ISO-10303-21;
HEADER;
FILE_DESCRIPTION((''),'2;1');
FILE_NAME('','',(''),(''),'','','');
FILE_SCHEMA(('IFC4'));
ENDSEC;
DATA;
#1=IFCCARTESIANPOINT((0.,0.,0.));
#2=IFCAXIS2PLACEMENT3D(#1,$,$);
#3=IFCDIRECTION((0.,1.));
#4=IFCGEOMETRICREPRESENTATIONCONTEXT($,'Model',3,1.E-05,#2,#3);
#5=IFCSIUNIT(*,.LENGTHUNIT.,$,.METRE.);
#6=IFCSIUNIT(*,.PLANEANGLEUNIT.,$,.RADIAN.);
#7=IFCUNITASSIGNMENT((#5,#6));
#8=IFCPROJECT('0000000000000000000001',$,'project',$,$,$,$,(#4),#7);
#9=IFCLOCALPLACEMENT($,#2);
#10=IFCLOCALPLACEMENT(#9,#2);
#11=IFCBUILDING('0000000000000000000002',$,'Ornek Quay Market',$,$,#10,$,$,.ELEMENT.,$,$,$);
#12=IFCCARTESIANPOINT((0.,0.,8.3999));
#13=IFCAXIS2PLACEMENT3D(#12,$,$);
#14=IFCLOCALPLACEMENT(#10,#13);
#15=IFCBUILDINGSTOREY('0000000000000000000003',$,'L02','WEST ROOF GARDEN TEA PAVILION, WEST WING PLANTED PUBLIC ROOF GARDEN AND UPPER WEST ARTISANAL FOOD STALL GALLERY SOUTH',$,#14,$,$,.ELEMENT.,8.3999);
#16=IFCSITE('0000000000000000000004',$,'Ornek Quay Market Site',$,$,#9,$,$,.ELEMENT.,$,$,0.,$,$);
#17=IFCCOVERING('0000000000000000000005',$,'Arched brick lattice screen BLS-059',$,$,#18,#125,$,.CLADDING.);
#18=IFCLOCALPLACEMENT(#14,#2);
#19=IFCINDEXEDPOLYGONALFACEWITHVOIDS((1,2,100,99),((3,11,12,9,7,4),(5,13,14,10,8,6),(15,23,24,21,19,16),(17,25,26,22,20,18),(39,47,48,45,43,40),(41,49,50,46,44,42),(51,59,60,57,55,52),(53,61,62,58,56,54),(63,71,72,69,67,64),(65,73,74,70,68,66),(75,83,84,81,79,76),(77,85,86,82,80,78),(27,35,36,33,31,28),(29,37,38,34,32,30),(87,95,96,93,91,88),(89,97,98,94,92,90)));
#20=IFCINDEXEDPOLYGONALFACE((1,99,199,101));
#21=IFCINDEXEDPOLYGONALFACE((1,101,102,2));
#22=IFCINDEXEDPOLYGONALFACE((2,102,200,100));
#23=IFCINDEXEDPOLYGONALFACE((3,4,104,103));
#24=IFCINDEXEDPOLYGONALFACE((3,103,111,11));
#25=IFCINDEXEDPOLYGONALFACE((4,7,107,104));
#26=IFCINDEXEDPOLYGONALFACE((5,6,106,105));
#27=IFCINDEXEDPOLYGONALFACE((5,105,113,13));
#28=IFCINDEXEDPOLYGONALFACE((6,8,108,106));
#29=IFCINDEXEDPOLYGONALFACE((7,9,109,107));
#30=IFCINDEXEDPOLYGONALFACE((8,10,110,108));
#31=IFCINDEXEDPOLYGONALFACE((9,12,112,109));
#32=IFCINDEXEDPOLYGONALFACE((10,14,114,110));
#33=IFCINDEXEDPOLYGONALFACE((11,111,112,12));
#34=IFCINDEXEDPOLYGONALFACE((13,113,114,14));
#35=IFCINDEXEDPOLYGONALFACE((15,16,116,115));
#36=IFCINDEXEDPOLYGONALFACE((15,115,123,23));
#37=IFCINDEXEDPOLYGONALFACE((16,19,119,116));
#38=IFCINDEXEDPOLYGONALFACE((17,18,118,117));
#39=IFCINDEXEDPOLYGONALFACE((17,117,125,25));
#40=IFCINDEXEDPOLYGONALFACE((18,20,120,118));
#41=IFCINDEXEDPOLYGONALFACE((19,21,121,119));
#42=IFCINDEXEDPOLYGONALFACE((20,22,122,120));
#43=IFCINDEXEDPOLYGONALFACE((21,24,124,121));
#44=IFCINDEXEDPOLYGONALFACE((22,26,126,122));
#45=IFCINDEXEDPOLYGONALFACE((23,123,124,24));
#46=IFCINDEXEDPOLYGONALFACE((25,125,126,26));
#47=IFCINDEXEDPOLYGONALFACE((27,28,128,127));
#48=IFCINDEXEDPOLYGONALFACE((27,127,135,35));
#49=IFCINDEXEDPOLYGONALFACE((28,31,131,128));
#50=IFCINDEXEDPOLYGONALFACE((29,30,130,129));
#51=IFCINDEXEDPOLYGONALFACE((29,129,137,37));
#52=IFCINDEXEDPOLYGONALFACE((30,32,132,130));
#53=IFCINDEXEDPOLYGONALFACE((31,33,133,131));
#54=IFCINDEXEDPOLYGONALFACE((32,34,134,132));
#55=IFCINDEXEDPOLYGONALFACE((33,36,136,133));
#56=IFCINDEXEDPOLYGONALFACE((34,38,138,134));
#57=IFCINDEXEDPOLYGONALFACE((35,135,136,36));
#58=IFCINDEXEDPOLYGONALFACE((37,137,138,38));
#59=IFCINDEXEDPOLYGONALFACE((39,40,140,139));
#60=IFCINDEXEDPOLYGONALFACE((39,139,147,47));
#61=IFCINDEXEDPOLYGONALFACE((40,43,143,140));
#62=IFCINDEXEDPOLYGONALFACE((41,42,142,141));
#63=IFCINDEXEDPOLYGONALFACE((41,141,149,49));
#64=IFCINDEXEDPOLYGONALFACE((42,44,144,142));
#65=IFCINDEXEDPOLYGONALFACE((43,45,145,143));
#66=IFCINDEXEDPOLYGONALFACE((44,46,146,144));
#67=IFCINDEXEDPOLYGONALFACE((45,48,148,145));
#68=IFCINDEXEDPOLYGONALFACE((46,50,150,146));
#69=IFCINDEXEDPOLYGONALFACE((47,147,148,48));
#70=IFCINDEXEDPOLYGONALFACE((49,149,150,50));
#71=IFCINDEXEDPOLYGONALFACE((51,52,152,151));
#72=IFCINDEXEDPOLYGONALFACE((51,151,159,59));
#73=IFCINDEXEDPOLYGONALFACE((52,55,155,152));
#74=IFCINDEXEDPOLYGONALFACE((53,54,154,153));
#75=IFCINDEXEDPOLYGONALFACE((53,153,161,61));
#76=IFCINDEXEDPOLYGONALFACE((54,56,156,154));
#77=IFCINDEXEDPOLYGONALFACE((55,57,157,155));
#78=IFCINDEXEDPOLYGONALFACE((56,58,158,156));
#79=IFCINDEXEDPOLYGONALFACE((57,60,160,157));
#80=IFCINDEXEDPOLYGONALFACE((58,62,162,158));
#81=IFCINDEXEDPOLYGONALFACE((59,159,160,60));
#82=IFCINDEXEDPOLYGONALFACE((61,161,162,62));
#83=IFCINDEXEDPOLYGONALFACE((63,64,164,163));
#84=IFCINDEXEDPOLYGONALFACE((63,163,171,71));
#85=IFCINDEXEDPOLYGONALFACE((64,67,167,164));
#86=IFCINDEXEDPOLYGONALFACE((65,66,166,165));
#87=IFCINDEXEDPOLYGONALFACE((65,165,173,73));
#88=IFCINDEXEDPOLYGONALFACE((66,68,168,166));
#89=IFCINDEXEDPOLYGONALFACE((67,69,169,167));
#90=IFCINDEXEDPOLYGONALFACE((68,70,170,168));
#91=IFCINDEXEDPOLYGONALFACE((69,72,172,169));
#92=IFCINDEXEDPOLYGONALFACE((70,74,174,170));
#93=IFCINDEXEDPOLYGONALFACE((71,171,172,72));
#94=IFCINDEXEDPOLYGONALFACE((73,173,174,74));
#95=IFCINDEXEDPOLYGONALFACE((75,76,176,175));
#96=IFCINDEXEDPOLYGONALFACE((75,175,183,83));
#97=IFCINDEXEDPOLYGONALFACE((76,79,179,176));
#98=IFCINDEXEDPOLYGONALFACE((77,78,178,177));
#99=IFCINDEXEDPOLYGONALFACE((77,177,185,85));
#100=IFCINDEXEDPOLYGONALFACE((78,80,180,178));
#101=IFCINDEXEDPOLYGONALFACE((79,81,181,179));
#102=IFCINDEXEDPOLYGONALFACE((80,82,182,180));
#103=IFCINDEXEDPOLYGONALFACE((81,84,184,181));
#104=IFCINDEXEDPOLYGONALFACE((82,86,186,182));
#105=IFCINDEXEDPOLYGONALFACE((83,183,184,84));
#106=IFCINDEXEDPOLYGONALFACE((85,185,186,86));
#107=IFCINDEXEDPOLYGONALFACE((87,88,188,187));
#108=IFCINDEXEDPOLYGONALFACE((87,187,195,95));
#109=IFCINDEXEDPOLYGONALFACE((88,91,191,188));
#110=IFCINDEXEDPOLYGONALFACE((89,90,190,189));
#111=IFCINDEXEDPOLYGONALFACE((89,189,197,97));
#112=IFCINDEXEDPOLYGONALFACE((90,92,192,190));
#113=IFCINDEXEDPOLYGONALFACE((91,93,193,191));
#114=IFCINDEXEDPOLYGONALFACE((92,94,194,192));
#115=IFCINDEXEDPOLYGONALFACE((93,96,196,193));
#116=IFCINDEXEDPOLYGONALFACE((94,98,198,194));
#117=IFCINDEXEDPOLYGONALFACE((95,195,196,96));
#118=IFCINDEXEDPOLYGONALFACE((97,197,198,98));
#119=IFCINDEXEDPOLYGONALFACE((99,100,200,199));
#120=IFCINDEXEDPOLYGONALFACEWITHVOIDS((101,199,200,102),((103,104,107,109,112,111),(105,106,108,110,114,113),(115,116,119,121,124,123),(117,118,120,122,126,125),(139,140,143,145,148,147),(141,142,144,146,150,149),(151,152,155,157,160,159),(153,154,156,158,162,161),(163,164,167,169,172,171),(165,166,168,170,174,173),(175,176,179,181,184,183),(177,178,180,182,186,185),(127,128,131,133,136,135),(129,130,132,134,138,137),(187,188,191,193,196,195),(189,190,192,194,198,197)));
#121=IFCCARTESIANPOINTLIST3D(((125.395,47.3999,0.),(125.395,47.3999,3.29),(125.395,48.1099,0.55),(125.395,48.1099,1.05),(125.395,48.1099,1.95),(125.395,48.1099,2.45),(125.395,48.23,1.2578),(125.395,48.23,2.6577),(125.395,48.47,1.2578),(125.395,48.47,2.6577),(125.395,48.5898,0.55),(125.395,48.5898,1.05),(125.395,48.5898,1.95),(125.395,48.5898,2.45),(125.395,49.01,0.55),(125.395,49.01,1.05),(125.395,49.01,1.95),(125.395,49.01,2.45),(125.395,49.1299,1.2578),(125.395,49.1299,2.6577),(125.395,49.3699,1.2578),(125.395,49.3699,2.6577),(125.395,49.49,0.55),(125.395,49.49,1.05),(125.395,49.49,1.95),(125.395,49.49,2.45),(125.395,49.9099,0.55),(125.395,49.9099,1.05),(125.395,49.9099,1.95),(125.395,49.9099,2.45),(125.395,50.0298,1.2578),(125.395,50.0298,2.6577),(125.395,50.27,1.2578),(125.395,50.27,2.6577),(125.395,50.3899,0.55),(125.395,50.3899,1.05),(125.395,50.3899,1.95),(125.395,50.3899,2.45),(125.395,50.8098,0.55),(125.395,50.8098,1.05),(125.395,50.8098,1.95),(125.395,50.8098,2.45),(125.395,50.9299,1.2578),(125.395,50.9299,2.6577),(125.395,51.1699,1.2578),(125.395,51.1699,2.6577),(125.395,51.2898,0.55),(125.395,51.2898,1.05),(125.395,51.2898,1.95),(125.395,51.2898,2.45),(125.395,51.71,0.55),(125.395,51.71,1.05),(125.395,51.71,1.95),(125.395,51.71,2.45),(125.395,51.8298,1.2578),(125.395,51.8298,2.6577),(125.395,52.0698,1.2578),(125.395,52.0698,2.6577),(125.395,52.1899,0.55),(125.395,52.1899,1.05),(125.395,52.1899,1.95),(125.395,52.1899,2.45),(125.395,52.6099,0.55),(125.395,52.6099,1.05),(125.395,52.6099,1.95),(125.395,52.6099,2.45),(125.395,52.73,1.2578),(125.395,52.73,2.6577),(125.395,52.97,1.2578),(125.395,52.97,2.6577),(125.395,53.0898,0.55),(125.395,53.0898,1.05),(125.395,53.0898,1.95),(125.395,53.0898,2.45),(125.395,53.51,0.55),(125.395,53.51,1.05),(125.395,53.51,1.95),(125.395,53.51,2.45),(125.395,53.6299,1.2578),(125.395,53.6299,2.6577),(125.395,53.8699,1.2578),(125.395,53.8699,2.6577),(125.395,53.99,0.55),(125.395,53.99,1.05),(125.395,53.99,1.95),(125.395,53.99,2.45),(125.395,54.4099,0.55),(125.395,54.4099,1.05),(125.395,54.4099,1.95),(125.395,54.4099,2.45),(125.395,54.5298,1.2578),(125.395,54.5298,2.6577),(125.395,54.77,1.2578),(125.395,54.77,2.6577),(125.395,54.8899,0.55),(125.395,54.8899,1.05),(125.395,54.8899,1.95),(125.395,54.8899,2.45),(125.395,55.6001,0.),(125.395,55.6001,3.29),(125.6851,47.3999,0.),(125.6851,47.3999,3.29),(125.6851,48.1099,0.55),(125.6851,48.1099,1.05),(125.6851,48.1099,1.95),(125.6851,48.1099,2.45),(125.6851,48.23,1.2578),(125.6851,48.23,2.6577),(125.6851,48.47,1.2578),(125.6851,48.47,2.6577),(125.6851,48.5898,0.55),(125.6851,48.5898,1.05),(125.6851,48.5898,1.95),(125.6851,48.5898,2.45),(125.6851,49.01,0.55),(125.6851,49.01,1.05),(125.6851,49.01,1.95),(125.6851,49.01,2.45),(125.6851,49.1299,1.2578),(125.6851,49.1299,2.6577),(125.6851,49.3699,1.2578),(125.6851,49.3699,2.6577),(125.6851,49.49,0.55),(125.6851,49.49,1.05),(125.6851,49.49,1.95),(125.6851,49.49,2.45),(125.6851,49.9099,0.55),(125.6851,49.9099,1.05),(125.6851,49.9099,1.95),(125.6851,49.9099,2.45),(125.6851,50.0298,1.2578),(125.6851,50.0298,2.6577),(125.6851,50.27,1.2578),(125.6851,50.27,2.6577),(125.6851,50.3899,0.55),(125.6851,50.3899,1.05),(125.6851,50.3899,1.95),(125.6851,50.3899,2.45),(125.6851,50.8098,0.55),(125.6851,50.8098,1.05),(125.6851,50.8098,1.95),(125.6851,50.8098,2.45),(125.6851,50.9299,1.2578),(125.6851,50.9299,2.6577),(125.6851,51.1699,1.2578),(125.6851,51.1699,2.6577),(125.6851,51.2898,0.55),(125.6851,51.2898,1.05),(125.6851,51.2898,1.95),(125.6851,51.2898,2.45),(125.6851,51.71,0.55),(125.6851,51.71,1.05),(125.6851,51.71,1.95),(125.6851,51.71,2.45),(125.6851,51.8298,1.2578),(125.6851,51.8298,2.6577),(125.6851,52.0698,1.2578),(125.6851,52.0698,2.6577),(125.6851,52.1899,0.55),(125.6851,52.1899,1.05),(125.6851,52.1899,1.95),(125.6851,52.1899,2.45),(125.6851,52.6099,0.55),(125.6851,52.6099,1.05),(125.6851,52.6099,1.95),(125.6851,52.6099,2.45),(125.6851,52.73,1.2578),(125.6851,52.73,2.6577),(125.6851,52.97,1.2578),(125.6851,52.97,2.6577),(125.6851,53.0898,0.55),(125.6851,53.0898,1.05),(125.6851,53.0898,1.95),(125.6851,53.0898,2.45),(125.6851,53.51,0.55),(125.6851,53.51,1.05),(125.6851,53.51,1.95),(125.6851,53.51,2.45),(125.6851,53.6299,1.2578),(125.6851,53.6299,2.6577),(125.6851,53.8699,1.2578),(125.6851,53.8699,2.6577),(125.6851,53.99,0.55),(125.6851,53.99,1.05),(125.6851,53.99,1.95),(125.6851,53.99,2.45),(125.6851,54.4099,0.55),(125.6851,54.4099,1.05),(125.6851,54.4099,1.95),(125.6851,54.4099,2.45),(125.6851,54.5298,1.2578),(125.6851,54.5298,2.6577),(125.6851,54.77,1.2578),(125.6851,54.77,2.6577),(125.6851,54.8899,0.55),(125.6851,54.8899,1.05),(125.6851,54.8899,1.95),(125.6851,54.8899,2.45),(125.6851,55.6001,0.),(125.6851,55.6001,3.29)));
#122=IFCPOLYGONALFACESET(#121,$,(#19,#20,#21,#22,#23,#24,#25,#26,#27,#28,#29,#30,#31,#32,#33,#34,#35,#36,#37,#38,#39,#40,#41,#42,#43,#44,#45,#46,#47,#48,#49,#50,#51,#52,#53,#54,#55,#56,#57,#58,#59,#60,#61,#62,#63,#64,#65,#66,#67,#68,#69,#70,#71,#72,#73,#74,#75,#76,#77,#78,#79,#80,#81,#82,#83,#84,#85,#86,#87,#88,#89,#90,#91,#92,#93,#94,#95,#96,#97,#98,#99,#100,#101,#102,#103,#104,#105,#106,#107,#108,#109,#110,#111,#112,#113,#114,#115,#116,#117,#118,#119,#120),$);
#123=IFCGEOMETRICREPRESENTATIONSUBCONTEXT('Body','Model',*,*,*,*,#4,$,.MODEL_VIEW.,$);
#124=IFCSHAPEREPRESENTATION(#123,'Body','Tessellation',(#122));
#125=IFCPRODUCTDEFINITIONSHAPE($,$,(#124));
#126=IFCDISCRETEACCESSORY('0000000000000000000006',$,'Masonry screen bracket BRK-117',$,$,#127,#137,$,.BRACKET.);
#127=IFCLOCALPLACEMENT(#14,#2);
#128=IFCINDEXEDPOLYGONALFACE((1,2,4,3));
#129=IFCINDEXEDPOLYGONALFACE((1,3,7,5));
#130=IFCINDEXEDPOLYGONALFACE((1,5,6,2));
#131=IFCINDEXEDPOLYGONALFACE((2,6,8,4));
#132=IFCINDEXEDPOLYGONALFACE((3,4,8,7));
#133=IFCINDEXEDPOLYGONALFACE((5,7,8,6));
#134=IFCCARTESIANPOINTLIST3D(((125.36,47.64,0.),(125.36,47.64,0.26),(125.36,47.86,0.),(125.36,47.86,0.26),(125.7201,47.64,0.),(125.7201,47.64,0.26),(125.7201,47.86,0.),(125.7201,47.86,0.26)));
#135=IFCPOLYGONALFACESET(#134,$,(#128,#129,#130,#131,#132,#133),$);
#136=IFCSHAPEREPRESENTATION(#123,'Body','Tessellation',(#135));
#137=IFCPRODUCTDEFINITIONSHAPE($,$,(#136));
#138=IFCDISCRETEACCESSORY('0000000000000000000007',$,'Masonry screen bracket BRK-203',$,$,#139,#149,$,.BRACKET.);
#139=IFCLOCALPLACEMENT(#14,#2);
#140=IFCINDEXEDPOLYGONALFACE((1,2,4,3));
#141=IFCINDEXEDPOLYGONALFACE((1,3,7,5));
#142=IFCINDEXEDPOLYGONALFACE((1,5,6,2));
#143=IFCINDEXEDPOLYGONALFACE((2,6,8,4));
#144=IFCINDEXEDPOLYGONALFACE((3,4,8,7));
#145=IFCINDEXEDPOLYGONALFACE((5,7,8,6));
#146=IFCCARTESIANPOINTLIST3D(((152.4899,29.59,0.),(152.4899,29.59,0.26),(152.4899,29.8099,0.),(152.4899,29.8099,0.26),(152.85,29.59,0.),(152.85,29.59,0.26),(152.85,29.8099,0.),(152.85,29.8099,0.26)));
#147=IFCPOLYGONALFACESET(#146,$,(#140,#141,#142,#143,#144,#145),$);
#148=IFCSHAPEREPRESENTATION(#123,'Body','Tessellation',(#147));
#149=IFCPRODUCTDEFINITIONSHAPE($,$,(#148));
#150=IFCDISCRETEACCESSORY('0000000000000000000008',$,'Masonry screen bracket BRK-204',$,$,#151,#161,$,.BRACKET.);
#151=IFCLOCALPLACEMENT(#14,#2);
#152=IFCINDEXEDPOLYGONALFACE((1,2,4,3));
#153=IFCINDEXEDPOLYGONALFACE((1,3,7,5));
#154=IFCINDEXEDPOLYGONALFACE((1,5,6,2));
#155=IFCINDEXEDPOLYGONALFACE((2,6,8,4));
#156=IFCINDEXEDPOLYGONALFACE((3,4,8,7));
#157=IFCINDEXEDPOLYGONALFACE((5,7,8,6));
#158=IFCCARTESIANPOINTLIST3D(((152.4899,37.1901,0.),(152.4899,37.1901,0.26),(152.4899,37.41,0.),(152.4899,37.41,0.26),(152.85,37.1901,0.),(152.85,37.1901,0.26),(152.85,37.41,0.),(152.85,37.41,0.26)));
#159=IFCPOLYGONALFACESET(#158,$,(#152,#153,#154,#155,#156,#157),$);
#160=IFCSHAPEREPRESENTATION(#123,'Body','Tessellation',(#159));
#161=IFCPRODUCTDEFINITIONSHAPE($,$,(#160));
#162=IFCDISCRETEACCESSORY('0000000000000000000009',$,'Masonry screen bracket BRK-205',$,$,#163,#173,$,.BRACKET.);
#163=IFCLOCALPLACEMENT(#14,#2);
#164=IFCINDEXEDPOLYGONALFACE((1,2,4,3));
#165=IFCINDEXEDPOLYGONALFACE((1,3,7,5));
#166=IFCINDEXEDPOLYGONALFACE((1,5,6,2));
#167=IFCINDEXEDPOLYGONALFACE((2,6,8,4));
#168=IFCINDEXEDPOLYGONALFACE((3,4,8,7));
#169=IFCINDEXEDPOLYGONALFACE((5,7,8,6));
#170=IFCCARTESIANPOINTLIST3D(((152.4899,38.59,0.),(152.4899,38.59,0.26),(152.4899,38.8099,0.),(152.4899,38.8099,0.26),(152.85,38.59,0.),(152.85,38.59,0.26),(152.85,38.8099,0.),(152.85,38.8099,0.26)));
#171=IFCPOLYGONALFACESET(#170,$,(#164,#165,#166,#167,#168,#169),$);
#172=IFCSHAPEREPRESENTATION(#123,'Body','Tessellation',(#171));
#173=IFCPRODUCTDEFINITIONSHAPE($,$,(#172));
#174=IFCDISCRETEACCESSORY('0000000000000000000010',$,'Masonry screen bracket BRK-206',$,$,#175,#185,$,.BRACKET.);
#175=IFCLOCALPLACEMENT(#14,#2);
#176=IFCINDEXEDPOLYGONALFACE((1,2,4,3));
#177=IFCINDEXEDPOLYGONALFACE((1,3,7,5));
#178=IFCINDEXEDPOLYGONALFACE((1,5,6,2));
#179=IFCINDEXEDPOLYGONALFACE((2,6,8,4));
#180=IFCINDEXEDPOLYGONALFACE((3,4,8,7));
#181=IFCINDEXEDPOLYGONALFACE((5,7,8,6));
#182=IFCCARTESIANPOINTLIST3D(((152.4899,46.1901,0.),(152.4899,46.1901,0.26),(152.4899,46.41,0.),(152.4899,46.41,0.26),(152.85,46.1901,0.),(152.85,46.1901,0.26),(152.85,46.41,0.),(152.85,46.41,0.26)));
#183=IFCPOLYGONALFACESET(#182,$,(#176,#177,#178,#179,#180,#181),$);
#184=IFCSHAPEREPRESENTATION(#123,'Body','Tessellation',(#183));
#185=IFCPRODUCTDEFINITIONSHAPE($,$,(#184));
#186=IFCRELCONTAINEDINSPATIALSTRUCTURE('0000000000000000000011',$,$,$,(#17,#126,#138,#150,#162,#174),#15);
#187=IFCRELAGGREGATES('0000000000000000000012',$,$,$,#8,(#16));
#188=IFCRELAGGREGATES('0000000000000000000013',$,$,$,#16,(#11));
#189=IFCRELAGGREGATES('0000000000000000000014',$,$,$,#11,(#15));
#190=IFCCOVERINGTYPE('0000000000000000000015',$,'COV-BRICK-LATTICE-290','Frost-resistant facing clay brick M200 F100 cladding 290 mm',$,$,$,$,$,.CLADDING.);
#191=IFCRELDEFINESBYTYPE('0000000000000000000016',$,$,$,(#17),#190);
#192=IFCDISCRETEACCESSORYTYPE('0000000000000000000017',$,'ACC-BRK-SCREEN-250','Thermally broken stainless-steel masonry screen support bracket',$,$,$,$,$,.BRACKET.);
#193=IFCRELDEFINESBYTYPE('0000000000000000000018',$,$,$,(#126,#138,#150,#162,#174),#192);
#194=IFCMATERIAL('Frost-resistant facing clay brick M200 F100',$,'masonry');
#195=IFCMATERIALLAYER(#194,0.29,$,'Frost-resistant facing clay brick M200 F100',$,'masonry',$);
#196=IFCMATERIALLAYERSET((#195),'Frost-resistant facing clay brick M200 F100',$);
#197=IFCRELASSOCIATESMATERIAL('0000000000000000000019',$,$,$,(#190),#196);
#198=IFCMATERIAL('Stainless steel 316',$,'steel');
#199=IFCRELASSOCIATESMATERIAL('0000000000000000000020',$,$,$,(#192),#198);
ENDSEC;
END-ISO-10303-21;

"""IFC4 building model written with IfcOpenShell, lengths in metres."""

from ifc_helpers import new_model, si_unit, direction, frame, origin, origin_2d, place, context, subcontext, project, spatial, polyline, rectangle, outline, extrude, material, layer, layer_set, type_object, element, save


model = new_model("IFC4")

# Units and contexts
model_context = context("Model", 3, precision=1e-05, world=origin(), true_north=direction((0.0, 1.0)))
body_context = subcontext(model_context, "Body", "Model", "MODEL_VIEW")
ifc_project = project(units=[si_unit("LENGTHUNIT", "METRE"), si_unit("PLANEANGLEUNIT", "RADIAN")], contexts=[model_context])

# Site, building, storey
site_placement = place(None, origin())
site = spatial("IfcSite", under=ifc_project, at=site_placement, Name="Ornek Quay Market Site", CompositionType="ELEMENT", RefElevation=0.0)
building_placement = place(site_placement, origin())
building = spatial("IfcBuilding", under=site, at=building_placement, Name="Ornek Quay Market", CompositionType="ELEMENT")
storey_placement = place(building_placement, frame((0.0, 0.0, 8.3999)))
storey = spatial("IfcBuildingStorey", under=building, at=storey_placement, Name="L02", Description="WEST ROOF GARDEN TEA PAVILION, WEST WING PLANTED PUBLIC ROOF GARDEN AND UPPER WEST ARTISANAL FOOD STALL GALLERY SOUTH", CompositionType="ELEMENT", Elevation=8.3999)

# Shared definitions
ifc_material_1 = material(Name="Frost-resistant facing clay brick M200 F100", Category="masonry")

# Covering
ifc_layer_1 = layer(ifc_material_1, 0.29, Name="Frost-resistant facing clay brick M200 F100", Category="masonry")
ifc_layer_set_1 = layer_set([ifc_layer_1], Name="Frost-resistant facing clay brick M200 F100")
covering_type_1 = type_object("IfcCoveringType", Name="COV-BRICK-LATTICE-290", Description="Frost-resistant facing clay brick M200 F100 cladding 290 mm", PredefinedType="CLADDING", material=ifc_layer_set_1)
covering_1_placement = place(storey_placement, frame((125.54, 47.3999, 0.0), z_axis=(0.0, 0.0, 1.0), x_axis=(0.0, 1.0, 0.0)))
element("IfcCovering", 1, at=covering_1_placement, inside=storey, type_object=covering_type_1, Name="Arched brick lattice screen BLS-059", PredefinedType="CLADDING", context=body_context, shape_type="SweptSolid", body=[
    extrude(outline(polyline([(0.0, 0.0), (8.2002, 0.0), (8.2002, 3.29), (0.0, 3.29), (0.0, 0.0)]), holes=[polyline([(0.71, 0.55), (1.1899, 0.55), (1.1899, 1.05), (1.0701, 1.2578), (0.8301, 1.2578), (0.71, 1.05), (0.71, 0.55)]), polyline([(0.71, 1.95), (1.1899, 1.95), (1.1899, 2.45), (1.0701, 2.6577), (0.8301, 2.6577), (0.71, 2.45), (0.71, 1.95)]), polyline([(1.6101, 0.55), (2.0901, 0.55), (2.0901, 1.05), (1.97, 1.2578), (1.73, 1.2578), (1.6101, 1.05), (1.6101, 0.55)]), polyline([(1.6101, 1.95), (2.0901, 1.95), (2.0901, 2.45), (1.97, 2.6577), (1.73, 2.6577), (1.6101, 2.45), (1.6101, 1.95)]), polyline([(2.51, 0.55), (2.99, 0.55), (2.99, 1.05), (2.8701, 1.2578), (2.6299, 1.2578), (2.51, 1.05), (2.51, 0.55)]), polyline([(2.51, 1.95), (2.99, 1.95), (2.99, 2.45), (2.8701, 2.6577), (2.6299, 2.6577), (2.51, 2.45), (2.51, 1.95)]), polyline([(3.4099, 0.55), (3.8899, 0.55), (3.8899, 1.05), (3.77, 1.2578), (3.53, 1.2578), (3.4099, 1.05), (3.4099, 0.55)]), polyline([(3.4099, 1.95), (3.8899, 1.95), (3.8899, 2.45), (3.77, 2.6577), (3.53, 2.6577), (3.4099, 2.45), (3.4099, 1.95)]), polyline([(4.3101, 0.55), (4.79, 0.55), (4.79, 1.05), (4.6699, 1.2578), (4.4299, 1.2578), (4.3101, 1.05), (4.3101, 0.55)]), polyline([(4.3101, 1.95), (4.79, 1.95), (4.79, 2.45), (4.6699, 2.6577), (4.4299, 2.6577), (4.3101, 2.45), (4.3101, 1.95)]), polyline([(5.21, 0.55), (5.6899, 0.55), (5.6899, 1.05), (5.5701, 1.2578), (5.3301, 1.2578), (5.21, 1.05), (5.21, 0.55)]), polyline([(5.21, 1.95), (5.6899, 1.95), (5.6899, 2.45), (5.5701, 2.6577), (5.3301, 2.6577), (5.21, 2.45), (5.21, 1.95)]), polyline([(6.1101, 0.55), (6.5901, 0.55), (6.5901, 1.05), (6.47, 1.2578), (6.23, 1.2578), (6.1101, 1.05), (6.1101, 0.55)]), polyline([(6.1101, 1.95), (6.5901, 1.95), (6.5901, 2.45), (6.47, 2.6577), (6.23, 2.6577), (6.1101, 2.45), (6.1101, 1.95)]), polyline([(7.01, 0.55), (7.49, 0.55), (7.49, 1.05), (7.3701, 1.2578), (7.1299, 1.2578), (7.01, 1.05), (7.01, 0.55)]), polyline([(7.01, 1.95), (7.49, 1.95), (7.49, 2.45), (7.3701, 2.6577), (7.1299, 2.6577), (7.01, 2.45), (7.01, 1.95)])]), frame((0.0, 0.145, 0.0), z_axis=(0.0, -1.0, 0.0), x_axis=(1.0, 0.0, 0.0)), (0.0, 0.0, 1.0), 0.29),
])

# Discrete accessories
ifc_material_2 = material(Name="Stainless steel 316", Category="steel")
discrete_accessory_type = type_object("IfcDiscreteAccessoryType", Name="ACC-BRK-SCREEN-250", Description="Thermally broken stainless-steel masonry screen support bracket", PredefinedType="BRACKET", material=ifc_material_2)
for number, where, z_axis, x_axis, name in (
    (2, (125.54, 47.75, 0.0), (0.0, 0.0, 1.0), (0.0, 1.0, 0.0), "Masonry screen bracket BRK-117"),
    (3, (152.6699, 29.7, 0.0), (0.0, 0.0, 1.0), (0.0, 1.0, 0.0), "Masonry screen bracket BRK-203"),
    (4, (152.6699, 37.3, 0.0), (0.0, 0.0, 1.0), (0.0, 1.0, 0.0), "Masonry screen bracket BRK-204"),
    (5, (152.6699, 38.7, 0.0), (0.0, 0.0, 1.0), (0.0, 1.0, 0.0), "Masonry screen bracket BRK-205"),
    (6, (152.6699, 46.3, 0.0), (0.0, 0.0, 1.0), (0.0, 1.0, 0.0), "Masonry screen bracket BRK-206"),
):
    element("IfcDiscreteAccessory", number, at=place(storey_placement, frame(where, z_axis=z_axis, x_axis=x_axis)), inside=storey, type_object=discrete_accessory_type, Name=name, PredefinedType="BRACKET", context=body_context, shape_type="SweptSolid", body=[
        extrude(rectangle(XDim=0.22, YDim=0.3601, at=origin_2d()), origin(), (0.0, 0.0, 1.0), 0.26),
    ])

save(model, "model.ifc")
